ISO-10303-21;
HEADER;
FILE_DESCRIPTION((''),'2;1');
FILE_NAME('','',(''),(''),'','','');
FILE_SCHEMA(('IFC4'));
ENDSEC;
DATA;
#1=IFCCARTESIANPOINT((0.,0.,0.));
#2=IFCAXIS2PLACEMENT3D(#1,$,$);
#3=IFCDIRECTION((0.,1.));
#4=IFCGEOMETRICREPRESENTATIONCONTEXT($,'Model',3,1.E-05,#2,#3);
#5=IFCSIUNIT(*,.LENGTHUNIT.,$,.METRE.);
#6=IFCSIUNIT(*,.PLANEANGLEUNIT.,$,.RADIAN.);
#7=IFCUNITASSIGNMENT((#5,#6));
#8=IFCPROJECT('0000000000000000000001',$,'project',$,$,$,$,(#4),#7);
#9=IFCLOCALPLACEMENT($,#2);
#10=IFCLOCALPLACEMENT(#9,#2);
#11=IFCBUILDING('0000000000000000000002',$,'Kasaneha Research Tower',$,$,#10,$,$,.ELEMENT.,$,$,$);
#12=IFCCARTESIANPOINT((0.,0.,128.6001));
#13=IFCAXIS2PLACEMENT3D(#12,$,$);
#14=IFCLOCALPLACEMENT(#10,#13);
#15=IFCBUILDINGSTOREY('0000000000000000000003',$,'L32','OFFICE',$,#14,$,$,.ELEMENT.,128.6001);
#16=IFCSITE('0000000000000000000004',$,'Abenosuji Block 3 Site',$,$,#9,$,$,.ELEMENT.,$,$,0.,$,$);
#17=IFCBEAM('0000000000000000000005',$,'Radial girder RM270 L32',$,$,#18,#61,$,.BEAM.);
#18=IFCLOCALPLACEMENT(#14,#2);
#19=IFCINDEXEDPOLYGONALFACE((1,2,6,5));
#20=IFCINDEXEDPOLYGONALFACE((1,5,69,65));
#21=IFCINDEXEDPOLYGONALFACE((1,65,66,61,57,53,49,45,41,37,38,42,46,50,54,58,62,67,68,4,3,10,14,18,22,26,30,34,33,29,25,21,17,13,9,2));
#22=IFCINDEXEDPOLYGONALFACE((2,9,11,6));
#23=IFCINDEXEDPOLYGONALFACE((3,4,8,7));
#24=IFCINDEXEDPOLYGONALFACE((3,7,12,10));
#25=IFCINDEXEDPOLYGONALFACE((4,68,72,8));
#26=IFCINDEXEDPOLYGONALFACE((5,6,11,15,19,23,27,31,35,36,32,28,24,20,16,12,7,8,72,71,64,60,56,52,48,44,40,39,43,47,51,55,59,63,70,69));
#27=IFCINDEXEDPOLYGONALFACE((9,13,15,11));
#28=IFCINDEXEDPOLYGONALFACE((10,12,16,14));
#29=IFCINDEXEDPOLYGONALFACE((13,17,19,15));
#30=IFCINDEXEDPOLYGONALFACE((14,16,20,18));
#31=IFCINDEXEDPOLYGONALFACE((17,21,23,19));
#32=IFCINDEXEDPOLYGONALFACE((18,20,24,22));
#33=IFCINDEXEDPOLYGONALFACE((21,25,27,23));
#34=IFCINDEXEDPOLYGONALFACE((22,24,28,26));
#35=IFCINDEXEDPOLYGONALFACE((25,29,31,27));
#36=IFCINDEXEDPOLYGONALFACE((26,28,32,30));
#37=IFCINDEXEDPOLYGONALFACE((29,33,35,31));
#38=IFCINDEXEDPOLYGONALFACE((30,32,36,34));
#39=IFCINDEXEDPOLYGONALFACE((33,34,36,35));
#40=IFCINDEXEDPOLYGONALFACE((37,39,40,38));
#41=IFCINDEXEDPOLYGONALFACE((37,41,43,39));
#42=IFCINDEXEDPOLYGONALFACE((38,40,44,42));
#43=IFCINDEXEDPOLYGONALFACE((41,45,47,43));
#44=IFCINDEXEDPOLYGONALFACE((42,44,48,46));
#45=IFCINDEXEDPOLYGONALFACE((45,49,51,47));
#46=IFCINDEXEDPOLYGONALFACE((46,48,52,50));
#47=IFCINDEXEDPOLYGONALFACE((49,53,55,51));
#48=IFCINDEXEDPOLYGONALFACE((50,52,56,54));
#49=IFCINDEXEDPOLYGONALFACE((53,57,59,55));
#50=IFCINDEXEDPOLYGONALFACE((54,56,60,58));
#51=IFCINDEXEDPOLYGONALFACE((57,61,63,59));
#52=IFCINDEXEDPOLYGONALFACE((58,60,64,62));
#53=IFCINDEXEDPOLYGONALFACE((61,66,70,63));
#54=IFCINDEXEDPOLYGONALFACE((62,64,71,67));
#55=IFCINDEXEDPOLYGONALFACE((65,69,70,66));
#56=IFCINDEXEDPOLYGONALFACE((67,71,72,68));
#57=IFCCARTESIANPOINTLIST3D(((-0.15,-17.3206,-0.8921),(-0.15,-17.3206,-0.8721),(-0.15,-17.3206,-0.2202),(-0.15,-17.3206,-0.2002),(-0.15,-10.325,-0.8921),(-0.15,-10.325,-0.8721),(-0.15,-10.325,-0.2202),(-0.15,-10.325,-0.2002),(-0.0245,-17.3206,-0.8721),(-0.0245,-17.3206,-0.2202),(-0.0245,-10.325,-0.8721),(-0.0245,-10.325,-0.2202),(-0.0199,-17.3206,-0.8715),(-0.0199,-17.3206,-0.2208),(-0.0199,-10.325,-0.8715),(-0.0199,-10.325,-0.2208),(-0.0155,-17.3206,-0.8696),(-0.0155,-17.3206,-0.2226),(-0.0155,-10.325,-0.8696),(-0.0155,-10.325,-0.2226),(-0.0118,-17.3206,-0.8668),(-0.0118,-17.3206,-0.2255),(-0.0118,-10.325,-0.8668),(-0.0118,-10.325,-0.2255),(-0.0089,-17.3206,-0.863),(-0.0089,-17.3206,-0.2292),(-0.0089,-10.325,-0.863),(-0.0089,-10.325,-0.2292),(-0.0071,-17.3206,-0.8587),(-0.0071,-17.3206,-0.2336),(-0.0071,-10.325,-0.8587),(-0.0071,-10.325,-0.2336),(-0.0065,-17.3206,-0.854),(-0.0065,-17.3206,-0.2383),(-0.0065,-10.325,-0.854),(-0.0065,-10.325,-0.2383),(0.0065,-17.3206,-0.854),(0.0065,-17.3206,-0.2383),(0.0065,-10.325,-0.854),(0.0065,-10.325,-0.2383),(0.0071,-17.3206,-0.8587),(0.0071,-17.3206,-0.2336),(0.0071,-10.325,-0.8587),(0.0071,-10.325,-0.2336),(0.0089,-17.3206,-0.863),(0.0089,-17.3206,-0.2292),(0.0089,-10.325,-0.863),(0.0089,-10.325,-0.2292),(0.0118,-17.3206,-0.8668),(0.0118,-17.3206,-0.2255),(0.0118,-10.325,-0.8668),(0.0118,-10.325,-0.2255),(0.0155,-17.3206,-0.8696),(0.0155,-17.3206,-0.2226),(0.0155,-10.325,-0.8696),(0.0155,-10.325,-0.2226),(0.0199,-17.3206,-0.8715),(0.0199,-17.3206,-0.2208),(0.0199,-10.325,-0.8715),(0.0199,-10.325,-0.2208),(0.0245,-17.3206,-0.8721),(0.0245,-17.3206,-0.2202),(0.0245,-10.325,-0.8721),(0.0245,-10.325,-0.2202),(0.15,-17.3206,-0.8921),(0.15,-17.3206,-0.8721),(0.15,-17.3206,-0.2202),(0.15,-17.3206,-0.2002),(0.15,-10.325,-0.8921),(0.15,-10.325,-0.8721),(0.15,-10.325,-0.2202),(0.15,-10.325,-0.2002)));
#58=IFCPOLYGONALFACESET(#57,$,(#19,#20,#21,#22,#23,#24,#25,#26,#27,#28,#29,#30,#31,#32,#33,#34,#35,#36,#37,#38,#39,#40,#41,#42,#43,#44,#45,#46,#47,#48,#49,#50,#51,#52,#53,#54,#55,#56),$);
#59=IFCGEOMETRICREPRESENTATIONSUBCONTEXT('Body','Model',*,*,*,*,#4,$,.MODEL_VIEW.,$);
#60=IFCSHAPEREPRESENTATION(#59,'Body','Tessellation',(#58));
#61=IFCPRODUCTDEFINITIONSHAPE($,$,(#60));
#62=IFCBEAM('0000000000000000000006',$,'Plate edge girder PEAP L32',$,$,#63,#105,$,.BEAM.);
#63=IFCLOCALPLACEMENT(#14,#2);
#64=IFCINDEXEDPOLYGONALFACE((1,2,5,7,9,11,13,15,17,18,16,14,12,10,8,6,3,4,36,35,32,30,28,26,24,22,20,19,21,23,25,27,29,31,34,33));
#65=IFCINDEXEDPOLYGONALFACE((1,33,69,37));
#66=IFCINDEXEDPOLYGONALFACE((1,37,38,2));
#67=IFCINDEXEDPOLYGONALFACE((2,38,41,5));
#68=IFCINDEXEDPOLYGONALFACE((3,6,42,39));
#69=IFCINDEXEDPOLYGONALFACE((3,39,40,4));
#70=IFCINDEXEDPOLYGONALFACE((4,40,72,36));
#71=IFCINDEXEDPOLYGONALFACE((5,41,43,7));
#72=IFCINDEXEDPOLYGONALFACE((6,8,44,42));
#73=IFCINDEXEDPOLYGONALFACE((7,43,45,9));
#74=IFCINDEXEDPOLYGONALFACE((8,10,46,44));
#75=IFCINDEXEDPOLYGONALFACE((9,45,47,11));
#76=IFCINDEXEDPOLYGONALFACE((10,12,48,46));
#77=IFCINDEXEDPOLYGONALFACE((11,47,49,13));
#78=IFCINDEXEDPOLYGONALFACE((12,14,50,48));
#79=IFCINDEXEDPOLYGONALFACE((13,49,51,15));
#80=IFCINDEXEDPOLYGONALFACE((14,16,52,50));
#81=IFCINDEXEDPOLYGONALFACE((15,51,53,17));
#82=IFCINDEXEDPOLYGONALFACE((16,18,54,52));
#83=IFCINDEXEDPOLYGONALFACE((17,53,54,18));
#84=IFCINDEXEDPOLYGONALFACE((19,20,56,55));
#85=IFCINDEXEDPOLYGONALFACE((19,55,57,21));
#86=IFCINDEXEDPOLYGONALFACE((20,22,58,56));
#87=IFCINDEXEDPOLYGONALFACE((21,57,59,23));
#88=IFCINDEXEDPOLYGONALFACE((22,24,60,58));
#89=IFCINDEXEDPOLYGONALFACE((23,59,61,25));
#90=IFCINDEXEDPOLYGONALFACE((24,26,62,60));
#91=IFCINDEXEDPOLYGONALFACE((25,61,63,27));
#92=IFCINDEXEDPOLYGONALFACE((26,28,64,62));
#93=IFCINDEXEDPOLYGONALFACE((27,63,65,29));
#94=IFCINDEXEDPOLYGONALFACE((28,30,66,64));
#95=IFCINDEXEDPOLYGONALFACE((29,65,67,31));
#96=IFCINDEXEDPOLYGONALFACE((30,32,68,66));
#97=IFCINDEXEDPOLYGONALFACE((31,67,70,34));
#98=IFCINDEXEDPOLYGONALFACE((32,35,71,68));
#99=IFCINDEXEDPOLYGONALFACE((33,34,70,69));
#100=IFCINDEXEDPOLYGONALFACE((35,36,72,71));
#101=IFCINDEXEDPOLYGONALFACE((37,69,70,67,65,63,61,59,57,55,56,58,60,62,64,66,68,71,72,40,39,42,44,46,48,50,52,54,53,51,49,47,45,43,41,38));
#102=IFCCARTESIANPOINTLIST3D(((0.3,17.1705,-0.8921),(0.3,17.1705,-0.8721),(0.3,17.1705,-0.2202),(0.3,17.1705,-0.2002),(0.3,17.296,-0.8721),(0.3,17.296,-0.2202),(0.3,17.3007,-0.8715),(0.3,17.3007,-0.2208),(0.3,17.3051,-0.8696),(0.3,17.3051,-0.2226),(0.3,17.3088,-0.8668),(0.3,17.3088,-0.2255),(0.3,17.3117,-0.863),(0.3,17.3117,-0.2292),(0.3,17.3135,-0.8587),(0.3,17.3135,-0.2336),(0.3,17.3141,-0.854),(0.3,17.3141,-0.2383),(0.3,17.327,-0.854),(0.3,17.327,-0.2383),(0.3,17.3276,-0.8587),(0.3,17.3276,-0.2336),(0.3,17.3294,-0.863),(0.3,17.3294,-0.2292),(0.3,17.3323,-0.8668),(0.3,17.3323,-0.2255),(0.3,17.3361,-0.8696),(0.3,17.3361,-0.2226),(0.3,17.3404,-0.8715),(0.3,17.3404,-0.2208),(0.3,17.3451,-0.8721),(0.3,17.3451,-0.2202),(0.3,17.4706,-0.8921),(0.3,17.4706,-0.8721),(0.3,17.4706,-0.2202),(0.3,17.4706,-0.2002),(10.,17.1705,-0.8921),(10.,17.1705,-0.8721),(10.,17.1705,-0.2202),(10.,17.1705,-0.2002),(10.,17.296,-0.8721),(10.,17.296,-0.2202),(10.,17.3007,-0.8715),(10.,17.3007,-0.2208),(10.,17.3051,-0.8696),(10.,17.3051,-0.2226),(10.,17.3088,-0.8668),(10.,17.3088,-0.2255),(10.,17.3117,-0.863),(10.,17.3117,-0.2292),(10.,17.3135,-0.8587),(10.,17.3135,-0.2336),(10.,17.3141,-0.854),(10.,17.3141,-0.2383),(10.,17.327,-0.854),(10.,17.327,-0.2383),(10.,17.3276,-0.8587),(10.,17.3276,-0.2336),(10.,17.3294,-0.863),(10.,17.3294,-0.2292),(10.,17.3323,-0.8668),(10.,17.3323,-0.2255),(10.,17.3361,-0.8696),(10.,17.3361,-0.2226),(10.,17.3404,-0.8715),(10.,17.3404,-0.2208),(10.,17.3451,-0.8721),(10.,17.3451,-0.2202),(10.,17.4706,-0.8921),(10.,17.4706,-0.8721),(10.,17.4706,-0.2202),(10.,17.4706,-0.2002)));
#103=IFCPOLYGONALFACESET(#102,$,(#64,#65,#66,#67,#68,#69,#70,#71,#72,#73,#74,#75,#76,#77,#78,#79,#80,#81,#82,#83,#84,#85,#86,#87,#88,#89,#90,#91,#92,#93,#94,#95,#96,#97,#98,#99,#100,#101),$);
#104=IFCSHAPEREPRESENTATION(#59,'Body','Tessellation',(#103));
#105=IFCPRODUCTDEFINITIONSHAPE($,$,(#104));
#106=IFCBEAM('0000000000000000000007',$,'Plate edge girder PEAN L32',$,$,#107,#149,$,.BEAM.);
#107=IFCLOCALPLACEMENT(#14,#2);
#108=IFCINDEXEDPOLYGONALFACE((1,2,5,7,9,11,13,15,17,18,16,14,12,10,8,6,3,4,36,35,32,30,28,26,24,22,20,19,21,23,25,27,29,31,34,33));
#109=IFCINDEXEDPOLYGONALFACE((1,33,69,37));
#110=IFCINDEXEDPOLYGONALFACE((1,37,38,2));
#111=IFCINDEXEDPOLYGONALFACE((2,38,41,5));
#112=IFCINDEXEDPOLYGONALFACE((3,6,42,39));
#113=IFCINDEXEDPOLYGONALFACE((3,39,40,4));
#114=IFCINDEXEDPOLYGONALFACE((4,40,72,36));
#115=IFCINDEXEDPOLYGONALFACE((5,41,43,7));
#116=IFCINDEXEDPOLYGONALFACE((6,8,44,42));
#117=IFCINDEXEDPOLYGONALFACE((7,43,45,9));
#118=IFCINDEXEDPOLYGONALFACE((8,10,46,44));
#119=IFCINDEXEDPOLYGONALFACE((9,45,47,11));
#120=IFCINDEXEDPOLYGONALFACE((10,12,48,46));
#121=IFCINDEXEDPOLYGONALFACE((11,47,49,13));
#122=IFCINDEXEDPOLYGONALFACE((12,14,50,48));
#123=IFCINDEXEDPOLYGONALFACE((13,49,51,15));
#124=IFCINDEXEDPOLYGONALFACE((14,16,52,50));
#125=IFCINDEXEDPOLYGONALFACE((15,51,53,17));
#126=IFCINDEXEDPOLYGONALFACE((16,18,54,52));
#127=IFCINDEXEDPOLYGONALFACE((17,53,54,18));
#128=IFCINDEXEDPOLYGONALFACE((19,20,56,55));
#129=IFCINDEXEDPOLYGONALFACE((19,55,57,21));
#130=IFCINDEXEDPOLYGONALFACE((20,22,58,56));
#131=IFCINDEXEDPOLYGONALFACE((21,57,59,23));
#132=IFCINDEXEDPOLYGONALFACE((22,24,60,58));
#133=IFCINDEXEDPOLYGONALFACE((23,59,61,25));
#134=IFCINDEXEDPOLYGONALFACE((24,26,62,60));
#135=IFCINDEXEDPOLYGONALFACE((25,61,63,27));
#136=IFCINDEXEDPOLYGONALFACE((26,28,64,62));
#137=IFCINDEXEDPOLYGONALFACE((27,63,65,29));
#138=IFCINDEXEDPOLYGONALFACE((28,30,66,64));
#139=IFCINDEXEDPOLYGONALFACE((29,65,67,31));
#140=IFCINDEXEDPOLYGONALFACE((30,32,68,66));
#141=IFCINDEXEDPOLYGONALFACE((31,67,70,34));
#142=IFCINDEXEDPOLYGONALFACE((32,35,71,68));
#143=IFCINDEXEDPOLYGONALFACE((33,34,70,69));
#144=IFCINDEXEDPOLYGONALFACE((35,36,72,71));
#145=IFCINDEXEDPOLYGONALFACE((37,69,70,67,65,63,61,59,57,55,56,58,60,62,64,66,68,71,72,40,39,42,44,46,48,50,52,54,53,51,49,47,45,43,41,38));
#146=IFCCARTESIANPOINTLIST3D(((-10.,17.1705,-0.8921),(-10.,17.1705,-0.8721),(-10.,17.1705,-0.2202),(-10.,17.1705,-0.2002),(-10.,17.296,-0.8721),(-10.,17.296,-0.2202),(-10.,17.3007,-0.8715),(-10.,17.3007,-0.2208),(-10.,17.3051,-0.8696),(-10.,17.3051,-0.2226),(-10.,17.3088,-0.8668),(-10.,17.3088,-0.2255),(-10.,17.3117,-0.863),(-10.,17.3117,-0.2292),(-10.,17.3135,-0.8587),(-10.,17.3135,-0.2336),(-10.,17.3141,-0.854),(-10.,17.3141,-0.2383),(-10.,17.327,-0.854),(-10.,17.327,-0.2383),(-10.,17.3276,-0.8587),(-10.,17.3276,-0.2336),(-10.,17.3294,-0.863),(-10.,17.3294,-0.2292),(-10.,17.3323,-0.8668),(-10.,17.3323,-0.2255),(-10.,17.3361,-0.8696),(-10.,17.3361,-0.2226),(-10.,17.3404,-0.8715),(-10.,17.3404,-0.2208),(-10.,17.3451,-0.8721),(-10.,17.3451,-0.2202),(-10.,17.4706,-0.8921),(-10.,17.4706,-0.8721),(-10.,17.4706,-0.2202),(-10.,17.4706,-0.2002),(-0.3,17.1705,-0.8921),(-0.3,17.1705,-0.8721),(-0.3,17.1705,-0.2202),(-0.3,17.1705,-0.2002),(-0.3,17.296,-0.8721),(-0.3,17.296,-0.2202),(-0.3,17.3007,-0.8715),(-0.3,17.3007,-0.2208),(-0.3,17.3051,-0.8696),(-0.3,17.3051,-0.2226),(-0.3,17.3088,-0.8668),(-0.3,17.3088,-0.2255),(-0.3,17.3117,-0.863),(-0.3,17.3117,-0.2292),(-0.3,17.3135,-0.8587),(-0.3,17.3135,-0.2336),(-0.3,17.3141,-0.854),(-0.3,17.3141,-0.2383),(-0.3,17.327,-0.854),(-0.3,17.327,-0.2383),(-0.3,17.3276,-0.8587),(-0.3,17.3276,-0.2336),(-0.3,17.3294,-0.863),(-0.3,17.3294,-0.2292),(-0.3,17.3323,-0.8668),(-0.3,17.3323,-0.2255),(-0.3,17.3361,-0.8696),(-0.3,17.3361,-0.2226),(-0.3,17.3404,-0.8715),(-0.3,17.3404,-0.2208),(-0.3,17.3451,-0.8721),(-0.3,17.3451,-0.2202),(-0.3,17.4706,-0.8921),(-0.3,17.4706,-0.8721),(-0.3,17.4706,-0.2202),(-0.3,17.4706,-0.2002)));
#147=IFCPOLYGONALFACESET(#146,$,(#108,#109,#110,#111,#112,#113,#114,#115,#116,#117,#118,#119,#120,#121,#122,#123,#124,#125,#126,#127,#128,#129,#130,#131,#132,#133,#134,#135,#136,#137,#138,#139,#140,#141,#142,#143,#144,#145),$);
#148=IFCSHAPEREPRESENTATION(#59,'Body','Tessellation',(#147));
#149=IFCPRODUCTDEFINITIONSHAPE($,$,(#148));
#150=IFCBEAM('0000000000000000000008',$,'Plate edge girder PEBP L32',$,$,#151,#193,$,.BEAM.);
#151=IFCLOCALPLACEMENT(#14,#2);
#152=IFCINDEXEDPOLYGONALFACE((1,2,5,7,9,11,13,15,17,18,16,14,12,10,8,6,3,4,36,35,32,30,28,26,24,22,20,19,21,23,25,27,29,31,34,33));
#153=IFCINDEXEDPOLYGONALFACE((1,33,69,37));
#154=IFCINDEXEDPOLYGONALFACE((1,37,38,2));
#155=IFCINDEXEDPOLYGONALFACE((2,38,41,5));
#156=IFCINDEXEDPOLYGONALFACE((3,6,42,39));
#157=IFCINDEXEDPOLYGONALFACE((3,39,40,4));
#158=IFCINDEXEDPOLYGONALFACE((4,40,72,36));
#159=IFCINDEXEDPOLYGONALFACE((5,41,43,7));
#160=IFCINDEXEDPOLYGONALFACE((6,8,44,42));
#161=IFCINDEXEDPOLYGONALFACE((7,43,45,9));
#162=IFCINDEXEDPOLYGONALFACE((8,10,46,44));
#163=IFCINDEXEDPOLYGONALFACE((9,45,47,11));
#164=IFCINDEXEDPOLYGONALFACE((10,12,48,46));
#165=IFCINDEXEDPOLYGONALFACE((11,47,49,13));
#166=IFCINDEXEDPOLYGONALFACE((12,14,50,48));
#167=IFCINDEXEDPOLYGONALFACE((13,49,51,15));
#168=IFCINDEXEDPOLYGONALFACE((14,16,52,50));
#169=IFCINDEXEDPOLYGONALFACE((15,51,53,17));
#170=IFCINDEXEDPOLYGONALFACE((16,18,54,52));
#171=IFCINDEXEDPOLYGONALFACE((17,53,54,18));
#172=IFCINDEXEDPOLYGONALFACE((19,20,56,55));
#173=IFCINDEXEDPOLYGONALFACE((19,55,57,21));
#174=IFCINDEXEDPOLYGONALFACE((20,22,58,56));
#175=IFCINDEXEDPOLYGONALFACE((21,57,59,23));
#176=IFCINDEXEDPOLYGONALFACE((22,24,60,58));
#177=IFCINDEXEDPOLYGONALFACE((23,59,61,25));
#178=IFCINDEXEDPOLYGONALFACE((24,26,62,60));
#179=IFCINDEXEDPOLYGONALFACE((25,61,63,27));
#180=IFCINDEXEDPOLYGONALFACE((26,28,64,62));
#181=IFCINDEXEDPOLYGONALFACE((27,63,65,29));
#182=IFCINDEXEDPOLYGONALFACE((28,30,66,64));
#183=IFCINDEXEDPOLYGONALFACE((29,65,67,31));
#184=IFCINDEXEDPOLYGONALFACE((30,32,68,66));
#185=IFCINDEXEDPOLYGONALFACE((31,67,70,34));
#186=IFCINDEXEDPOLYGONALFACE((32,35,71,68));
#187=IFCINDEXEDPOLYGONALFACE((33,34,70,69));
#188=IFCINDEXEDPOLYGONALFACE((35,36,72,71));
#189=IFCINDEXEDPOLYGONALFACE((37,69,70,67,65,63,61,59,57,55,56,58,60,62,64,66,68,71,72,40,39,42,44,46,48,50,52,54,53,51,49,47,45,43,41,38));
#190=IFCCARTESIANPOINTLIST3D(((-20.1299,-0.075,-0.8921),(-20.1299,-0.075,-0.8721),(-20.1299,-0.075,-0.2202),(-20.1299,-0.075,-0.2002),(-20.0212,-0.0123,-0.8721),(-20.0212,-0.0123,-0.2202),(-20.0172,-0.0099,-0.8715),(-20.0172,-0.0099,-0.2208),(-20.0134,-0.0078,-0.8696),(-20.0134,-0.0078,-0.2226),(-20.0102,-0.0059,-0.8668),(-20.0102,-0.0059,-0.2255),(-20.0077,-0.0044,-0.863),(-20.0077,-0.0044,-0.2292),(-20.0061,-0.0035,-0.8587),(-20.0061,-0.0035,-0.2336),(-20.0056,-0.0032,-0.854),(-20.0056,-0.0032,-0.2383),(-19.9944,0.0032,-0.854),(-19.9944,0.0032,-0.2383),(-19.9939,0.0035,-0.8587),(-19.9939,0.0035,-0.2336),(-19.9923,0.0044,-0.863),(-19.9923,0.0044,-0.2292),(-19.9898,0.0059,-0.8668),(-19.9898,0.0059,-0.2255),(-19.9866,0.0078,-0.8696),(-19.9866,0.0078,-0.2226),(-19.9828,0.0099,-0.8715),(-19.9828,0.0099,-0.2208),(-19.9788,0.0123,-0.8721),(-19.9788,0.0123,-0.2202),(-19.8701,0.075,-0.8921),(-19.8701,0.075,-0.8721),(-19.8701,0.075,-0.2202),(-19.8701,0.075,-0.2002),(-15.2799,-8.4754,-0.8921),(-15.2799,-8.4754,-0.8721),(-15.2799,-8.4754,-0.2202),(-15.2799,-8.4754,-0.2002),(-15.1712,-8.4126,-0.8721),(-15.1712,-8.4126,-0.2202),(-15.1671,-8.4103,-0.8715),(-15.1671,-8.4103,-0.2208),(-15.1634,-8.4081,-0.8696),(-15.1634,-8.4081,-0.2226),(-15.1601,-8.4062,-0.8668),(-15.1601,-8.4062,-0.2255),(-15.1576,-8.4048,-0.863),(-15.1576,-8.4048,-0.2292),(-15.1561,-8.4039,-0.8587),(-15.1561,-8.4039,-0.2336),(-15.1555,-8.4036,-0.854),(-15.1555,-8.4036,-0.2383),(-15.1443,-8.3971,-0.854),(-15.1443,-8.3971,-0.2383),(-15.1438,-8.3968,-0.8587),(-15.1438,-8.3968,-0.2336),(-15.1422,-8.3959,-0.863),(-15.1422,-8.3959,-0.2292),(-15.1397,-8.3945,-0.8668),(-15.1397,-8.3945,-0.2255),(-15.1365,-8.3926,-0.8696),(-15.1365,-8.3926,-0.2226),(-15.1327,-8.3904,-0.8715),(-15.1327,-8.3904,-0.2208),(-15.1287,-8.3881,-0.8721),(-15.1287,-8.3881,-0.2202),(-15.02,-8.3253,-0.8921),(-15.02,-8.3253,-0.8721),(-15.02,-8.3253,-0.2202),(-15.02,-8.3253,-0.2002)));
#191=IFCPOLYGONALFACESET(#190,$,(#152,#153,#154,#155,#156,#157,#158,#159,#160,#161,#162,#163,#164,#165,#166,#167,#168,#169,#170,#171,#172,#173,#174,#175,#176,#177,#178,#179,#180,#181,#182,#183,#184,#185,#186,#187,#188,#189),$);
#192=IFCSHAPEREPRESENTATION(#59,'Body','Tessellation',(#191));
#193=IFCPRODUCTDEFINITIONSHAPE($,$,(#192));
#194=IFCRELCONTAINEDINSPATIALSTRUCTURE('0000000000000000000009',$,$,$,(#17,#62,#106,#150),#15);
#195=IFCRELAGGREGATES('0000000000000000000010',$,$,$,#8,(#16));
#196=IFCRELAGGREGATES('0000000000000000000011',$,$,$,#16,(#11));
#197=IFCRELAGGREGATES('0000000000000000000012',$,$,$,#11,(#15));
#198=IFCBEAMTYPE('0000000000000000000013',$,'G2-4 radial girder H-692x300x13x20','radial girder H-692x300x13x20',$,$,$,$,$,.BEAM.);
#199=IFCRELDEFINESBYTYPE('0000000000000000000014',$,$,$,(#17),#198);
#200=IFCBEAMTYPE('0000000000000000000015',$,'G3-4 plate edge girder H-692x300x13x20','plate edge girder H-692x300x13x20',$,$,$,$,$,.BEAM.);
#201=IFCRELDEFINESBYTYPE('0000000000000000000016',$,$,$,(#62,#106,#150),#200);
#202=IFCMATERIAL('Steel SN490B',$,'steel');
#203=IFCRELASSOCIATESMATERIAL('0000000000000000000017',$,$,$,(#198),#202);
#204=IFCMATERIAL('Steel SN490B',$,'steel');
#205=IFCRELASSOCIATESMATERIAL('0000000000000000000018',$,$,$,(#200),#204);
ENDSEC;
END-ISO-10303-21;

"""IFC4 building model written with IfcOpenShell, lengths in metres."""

from ifc_helpers import new_model, si_unit, direction, frame, origin, origin_2d, place, context, subcontext, project, spatial, i_section, extrude, material, material_profile, profile_set, type_object, element, save


model = new_model("IFC4")

# Units and contexts
model_context = context("Model", 3, precision=1e-05, world=origin(), true_north=direction((0.0, 1.0)))
body_context = subcontext(model_context, "Body", "Model", "MODEL_VIEW")
ifc_project = project(units=[si_unit("LENGTHUNIT", "METRE"), si_unit("PLANEANGLEUNIT", "RADIAN")], contexts=[model_context])

# Site, building, storey
site_placement = place(None, origin())
site = spatial("IfcSite", under=ifc_project, at=site_placement, Name="Abenosuji Block 3 Site", CompositionType="ELEMENT", RefElevation=0.0)
building_placement = place(site_placement, origin())
building = spatial("IfcBuilding", under=site, at=building_placement, Name="Kasaneha Research Tower", CompositionType="ELEMENT")
storey_placement = place(building_placement, frame((0.0, 0.0, 128.6001)))
storey = spatial("IfcBuildingStorey", under=building, at=storey_placement, Name="L32", Description="OFFICE", CompositionType="ELEMENT", Elevation=128.6001)

# Beams
ifc_material_1 = material(Name="Steel SN490B", Category="steel")
ifc_material_profile_1 = material_profile(ifc_material_1, i_section(OverallWidth=0.3, OverallDepth=0.6919, WebThickness=0.0129, FlangeThickness=0.02, FilletRadius=0.0181, at=origin_2d()), Name="H-692x300x13x20")
ifc_profile_set_1 = profile_set([ifc_material_profile_1], Name="Steel SN490B")
beam_type_1 = type_object("IfcBeamType", Name="G2-4 radial girder H-692x300x13x20", Description="radial girder H-692x300x13x20", PredefinedType="BEAM", material=ifc_profile_set_1)
beam_1_placement = place(storey_placement, frame((0.0, -10.325, -0.5461), z_axis=(0.0, -1.0, 0.0), x_axis=(1.0, 0.0, 0.0)))
element("IfcBeam", 1, at=beam_1_placement, inside=storey, type_object=beam_type_1, Name="Radial girder RM270 L32", PredefinedType="BEAM", context=body_context, shape_type="SweptSolid", body=[
    extrude(i_section(OverallWidth=0.3, OverallDepth=0.6919, WebThickness=0.0129, FlangeThickness=0.02, FilletRadius=0.0181, at=origin_2d()), origin(), (0.0, 0.0, 1.0), 6.9956),
])
ifc_material_2 = material(Name="Steel SN490B", Category="steel")
ifc_material_profile_2 = material_profile(ifc_material_2, i_section(OverallWidth=0.3, OverallDepth=0.6919, WebThickness=0.0129, FlangeThickness=0.02, FilletRadius=0.0181, at=origin_2d()), Name="H-692x300x13x20")
ifc_profile_set_2 = profile_set([ifc_material_profile_2], Name="Steel SN490B")
beam_type_2 = type_object("IfcBeamType", Name="G3-4 plate edge girder H-692x300x13x20", Description="plate edge girder H-692x300x13x20", PredefinedType="BEAM", material=ifc_profile_set_2)
for number, where, z_axis, x_axis, name in (
    (2, (10.0, 17.3206, -0.5461), (-1.0, 0.0, 0.0), (0.0, -1.0, 0.0), "Plate edge girder PEAP L32"),
    (3, (-10.0, 17.3206, -0.5461), (1.0, 0.0, 0.0), (0.0, 1.0, 0.0), "Plate edge girder PEAN L32"),
    (4, (-20.0, 0.0, -0.5461), (0.50001, -0.86602, 0.0), (0.86602, 0.50001, 0.0), "Plate edge girder PEBP L32"),
):
    element("IfcBeam", number, at=place(storey_placement, frame(where, z_axis=z_axis, x_axis=x_axis)), inside=storey, type_object=beam_type_2, Name=name, PredefinedType="BEAM", context=body_context, shape_type="SweptSolid", body=[
        extrude(i_section(OverallWidth=0.3, OverallDepth=0.6919, WebThickness=0.0129, FlangeThickness=0.02, FilletRadius=0.0181, at=origin_2d()), origin(), (0.0, 0.0, 1.0), 9.7),
    ])

save(model, "model.ifc")
